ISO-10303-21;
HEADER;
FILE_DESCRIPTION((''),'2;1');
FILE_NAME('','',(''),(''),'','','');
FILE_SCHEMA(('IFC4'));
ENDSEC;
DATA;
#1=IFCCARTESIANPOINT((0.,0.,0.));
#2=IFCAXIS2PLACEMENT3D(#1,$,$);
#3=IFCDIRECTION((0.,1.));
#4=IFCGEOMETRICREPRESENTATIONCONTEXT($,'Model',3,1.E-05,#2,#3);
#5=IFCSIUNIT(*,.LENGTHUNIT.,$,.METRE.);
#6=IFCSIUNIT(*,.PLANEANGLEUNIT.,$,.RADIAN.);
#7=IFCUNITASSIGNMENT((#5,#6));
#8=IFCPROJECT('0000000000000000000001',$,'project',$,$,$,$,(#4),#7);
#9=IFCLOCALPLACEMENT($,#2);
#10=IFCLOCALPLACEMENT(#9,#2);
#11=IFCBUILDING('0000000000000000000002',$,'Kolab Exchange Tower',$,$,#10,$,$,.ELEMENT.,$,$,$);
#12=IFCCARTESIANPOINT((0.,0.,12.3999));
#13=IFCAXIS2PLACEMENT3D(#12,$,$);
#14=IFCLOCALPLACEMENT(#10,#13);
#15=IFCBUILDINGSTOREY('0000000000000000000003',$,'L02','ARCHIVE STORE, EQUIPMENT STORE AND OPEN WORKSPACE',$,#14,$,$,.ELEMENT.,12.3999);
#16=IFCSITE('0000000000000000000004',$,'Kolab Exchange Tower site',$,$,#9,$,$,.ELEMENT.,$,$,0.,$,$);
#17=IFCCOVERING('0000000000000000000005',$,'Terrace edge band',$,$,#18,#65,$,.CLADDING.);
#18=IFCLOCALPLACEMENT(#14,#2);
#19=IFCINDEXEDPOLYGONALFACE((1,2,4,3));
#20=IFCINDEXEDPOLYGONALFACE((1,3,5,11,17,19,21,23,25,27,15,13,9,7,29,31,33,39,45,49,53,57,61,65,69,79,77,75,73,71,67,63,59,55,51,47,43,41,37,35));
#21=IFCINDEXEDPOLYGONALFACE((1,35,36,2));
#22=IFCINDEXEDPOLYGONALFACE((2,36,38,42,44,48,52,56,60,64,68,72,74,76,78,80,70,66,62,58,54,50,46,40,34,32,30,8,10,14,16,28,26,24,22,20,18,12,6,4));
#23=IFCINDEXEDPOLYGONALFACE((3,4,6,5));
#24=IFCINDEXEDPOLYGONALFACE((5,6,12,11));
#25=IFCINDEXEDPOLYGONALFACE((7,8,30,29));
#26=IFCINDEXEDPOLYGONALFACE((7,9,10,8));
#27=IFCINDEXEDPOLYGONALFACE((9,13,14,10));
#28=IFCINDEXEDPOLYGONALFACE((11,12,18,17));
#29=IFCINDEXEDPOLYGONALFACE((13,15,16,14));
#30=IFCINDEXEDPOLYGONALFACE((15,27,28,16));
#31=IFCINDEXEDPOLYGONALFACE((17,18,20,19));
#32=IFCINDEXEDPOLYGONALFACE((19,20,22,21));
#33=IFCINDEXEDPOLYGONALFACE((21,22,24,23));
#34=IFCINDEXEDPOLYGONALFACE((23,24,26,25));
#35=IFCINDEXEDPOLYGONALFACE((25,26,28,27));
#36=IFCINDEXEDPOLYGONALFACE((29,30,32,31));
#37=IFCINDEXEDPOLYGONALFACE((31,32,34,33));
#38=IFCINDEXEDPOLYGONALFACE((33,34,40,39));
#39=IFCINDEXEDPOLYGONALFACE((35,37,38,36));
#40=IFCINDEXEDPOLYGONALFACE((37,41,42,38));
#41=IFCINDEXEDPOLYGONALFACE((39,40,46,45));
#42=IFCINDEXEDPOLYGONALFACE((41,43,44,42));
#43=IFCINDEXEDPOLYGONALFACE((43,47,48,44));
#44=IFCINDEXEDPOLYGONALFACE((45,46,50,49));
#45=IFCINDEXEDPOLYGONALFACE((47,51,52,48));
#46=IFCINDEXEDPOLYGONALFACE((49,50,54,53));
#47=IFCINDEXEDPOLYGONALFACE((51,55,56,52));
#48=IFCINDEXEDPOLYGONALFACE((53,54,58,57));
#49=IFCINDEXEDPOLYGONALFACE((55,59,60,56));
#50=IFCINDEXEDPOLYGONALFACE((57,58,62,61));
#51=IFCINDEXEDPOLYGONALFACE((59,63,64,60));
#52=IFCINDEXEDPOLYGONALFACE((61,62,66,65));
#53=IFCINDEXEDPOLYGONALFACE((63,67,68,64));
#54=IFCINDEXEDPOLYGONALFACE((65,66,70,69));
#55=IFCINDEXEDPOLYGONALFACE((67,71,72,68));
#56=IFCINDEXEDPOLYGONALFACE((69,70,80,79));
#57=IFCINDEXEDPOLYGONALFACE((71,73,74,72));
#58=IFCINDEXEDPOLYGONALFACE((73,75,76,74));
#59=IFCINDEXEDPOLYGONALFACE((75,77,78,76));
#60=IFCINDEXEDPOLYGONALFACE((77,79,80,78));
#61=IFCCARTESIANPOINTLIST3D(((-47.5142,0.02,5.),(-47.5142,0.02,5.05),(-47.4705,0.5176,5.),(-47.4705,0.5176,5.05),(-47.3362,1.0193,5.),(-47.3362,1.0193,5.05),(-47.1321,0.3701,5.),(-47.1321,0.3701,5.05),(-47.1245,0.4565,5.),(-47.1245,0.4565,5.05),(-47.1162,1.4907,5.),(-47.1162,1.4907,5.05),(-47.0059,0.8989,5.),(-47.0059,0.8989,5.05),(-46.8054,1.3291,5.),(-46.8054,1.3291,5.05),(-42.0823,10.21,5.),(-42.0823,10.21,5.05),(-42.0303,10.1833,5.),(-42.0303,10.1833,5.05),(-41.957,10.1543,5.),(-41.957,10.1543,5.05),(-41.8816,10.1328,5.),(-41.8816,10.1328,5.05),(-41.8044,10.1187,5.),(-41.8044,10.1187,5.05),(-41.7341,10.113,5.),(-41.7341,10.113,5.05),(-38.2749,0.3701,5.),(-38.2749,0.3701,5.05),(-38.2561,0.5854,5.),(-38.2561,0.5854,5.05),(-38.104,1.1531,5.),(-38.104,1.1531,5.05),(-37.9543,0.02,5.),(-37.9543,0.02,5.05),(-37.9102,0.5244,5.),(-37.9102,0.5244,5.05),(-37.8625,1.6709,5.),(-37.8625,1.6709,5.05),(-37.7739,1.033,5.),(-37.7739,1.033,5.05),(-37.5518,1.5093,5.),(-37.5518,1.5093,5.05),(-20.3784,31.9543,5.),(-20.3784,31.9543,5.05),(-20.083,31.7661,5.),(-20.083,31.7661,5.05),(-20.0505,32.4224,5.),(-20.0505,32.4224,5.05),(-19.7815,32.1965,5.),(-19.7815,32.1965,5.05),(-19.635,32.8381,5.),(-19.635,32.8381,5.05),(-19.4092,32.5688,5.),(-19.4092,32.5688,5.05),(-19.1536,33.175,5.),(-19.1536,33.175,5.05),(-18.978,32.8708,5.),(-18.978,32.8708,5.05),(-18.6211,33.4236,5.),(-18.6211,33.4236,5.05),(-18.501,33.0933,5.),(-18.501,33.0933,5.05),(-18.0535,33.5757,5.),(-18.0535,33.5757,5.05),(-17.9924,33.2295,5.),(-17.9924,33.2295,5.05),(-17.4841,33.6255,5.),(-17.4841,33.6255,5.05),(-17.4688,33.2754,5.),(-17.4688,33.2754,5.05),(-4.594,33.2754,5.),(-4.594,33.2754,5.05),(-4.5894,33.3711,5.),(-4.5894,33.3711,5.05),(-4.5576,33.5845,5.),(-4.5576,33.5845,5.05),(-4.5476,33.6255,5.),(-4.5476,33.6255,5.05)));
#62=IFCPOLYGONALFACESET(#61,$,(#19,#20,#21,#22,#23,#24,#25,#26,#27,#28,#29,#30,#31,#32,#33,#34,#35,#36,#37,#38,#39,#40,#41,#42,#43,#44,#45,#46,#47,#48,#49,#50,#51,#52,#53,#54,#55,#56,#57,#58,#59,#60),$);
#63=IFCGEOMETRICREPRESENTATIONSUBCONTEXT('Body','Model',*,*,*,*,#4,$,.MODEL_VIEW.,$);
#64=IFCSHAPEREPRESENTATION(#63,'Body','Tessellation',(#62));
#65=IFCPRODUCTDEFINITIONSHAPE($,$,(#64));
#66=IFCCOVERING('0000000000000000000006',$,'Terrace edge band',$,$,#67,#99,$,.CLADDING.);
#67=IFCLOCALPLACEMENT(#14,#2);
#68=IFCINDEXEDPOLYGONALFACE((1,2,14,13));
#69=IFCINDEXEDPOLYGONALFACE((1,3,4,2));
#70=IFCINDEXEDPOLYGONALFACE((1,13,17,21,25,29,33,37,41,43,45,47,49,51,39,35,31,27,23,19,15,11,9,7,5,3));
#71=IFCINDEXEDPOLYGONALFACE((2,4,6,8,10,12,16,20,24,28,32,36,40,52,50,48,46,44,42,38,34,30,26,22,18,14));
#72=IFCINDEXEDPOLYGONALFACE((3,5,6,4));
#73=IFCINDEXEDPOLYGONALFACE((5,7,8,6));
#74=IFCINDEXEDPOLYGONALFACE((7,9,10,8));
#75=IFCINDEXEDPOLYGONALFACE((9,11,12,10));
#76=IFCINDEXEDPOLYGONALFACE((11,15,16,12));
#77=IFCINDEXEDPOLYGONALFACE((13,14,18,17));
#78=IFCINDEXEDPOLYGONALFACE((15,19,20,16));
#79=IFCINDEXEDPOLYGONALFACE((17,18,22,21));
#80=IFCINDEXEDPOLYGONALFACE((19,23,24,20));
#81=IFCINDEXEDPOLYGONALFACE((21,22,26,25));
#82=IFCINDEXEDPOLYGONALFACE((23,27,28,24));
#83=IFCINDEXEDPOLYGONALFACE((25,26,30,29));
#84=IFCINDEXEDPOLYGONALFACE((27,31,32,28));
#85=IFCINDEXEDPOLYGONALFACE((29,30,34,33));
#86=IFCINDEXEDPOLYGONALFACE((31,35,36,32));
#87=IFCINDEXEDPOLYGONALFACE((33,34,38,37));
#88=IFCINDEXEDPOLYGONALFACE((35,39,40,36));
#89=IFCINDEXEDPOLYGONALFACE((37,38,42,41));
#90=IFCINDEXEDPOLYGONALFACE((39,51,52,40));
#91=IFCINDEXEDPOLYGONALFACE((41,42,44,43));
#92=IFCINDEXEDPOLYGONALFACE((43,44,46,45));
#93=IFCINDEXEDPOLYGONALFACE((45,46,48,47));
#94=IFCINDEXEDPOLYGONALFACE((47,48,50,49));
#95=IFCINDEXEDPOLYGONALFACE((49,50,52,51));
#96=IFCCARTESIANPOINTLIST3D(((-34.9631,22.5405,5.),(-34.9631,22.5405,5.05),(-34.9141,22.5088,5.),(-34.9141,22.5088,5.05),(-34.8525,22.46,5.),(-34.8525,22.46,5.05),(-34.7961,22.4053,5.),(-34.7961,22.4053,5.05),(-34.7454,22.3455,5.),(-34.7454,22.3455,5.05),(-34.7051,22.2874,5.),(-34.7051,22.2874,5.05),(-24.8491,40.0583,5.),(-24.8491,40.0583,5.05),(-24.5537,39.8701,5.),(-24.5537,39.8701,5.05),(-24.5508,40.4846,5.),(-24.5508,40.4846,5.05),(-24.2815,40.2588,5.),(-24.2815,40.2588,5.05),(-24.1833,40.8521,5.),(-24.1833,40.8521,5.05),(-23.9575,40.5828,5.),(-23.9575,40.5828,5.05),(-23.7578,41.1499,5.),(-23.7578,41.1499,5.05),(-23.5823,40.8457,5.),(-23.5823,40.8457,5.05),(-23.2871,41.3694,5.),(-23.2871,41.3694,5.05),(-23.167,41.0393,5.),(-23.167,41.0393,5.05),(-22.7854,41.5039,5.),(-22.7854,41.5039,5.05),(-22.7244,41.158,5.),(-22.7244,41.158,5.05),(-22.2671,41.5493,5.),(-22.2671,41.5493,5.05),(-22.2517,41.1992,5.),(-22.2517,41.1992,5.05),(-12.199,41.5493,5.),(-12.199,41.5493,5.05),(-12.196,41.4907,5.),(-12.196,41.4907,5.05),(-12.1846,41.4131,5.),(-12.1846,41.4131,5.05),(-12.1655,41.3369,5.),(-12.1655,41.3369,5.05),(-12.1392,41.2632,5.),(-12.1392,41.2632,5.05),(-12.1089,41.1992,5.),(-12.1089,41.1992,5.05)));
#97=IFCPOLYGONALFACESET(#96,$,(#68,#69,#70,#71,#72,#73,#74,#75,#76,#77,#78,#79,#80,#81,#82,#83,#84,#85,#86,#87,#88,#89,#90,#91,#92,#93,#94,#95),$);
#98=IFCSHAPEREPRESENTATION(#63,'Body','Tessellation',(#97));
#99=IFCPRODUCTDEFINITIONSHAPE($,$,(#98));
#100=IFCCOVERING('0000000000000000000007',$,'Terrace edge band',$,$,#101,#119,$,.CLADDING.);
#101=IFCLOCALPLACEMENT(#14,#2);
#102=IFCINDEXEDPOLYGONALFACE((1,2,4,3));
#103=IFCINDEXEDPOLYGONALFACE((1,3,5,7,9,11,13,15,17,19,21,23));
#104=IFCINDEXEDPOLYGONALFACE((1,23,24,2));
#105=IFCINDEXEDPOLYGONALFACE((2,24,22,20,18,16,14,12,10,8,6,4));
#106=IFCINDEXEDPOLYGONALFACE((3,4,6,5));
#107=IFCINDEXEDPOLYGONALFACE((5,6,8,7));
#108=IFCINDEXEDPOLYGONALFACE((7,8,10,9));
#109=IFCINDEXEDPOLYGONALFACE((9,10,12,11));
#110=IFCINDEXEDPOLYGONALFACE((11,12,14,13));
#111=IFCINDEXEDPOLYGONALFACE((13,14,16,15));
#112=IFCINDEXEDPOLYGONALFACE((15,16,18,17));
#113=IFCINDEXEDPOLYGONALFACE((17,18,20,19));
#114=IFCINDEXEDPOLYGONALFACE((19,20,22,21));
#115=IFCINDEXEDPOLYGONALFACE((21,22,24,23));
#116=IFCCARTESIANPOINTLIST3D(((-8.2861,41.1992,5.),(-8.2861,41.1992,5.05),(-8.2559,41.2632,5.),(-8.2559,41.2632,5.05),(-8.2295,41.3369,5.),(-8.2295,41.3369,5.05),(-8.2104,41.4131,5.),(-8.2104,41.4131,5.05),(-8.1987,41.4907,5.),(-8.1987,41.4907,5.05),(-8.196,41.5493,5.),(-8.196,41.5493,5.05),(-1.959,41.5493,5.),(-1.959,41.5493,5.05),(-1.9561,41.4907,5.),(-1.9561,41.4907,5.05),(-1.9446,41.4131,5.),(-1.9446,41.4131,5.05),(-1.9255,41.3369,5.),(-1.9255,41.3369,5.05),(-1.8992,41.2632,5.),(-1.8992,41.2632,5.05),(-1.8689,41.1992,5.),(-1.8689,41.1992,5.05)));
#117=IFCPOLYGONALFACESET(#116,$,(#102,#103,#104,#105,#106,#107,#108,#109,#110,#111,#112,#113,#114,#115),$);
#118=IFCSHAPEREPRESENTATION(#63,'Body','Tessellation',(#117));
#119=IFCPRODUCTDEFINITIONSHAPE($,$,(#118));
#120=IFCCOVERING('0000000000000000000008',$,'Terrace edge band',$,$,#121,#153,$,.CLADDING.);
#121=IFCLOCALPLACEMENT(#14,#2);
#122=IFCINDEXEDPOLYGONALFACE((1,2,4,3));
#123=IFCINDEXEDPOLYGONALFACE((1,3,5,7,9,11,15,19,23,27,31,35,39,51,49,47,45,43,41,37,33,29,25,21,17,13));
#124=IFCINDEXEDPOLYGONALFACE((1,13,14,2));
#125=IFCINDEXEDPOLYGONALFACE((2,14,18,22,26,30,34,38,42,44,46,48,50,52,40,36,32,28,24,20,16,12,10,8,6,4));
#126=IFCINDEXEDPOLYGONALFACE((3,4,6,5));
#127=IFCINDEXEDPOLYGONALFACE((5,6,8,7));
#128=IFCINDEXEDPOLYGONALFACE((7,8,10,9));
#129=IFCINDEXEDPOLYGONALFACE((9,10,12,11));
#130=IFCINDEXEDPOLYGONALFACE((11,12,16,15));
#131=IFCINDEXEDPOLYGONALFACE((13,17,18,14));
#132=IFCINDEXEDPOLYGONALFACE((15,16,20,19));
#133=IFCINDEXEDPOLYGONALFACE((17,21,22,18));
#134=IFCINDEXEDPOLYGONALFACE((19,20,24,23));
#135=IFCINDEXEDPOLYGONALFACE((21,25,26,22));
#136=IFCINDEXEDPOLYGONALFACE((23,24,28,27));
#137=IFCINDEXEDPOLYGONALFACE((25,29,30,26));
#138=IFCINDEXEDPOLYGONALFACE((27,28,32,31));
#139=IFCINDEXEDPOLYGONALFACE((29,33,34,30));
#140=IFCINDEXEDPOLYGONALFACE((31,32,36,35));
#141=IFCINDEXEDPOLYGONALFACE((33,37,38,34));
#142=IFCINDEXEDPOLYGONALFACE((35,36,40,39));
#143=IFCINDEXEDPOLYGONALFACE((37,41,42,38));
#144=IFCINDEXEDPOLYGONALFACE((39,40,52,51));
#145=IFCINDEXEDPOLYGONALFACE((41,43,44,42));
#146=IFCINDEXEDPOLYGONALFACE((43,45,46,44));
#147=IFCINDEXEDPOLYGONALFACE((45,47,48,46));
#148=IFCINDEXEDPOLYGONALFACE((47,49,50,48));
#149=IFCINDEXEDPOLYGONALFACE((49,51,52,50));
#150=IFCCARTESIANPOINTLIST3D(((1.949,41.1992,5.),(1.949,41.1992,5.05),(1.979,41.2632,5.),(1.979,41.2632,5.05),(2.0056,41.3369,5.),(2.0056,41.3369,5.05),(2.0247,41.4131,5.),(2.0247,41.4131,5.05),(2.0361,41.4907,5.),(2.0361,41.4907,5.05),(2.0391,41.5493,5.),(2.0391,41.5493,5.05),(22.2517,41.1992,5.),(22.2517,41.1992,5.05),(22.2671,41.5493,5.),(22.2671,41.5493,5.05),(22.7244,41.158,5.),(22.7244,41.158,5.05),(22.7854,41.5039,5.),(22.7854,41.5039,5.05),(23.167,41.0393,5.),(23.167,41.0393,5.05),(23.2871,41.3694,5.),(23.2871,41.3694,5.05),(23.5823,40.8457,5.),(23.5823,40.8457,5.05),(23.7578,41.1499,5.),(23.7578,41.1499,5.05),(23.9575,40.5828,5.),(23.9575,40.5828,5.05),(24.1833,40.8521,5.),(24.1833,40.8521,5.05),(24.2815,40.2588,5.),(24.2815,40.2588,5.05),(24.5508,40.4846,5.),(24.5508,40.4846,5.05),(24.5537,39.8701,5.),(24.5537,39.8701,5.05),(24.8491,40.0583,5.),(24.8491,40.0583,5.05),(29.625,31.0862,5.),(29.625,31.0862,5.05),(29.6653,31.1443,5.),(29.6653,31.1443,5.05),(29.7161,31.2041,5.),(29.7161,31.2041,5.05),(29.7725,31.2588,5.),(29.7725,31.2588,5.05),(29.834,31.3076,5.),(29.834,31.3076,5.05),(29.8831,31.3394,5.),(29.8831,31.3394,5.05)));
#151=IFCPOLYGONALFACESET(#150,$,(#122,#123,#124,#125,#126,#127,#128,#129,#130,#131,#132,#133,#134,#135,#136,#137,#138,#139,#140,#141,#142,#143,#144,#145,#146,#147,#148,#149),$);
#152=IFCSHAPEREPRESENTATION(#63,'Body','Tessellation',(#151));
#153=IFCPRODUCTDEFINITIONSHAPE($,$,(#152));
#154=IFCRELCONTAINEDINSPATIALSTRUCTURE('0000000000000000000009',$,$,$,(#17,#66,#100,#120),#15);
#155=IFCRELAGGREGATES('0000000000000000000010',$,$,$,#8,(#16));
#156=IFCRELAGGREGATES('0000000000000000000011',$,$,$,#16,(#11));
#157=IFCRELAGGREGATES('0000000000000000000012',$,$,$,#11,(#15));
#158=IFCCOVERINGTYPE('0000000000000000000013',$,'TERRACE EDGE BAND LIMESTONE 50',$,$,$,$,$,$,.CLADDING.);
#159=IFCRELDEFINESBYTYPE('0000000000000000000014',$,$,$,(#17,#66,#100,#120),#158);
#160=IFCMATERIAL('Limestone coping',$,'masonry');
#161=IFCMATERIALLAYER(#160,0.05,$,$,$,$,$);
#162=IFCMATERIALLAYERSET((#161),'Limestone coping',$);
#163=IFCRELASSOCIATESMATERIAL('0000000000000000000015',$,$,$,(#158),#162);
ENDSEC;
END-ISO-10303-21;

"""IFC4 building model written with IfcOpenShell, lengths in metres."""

from ifc_helpers import new_model, si_unit, direction, frame, origin, place, context, subcontext, project, spatial, polyline, outline, extrude, material, layer, layer_set, type_object, element, save


model = new_model("IFC4")

# Units and contexts
model_context = context("Model", 3, precision=1e-05, world=origin(), true_north=direction((0.0, 1.0)))
body_context = subcontext(model_context, "Body", "Model", "MODEL_VIEW")
ifc_project = project(units=[si_unit("LENGTHUNIT", "METRE"), si_unit("PLANEANGLEUNIT", "RADIAN")], contexts=[model_context])

# Site, building, storey
site_placement = place(None, origin())
site = spatial("IfcSite", under=ifc_project, at=site_placement, Name="Kolab Exchange Tower site", CompositionType="ELEMENT", RefElevation=0.0)
building_placement = place(site_placement, origin())
building = spatial("IfcBuilding", under=site, at=building_placement, Name="Kolab Exchange Tower", CompositionType="ELEMENT")
storey_placement = place(building_placement, frame((0.0, 0.0, 12.3999)))
storey = spatial("IfcBuildingStorey", under=building, at=storey_placement, Name="L02", Description="ARCHIVE STORE, EQUIPMENT STORE AND OPEN WORKSPACE", CompositionType="ELEMENT", Elevation=12.3999)

# Coverings
ifc_material_1 = material(Name="Limestone coping", Category="masonry")
ifc_layer_1 = layer(ifc_material_1, 0.05)
ifc_layer_set_1 = layer_set([ifc_layer_1], Name="Limestone coping")
covering_type_1 = type_object("IfcCoveringType", Name="TERRACE EDGE BAND LIMESTONE 50", PredefinedType="CLADDING", material=ifc_layer_set_1)
covering_1_placement = place(storey_placement, frame((0.0, 0.0, 5.0)))
element("IfcCovering", 1, at=covering_1_placement, inside=storey, type_object=covering_type_1, Name="Terrace edge band", PredefinedType="CLADDING", context=body_context, shape_type="SweptSolid", body=[
    extrude(outline(polyline([(-47.3362, 1.0193), (-47.1162, 1.4907), (-42.0823, 10.21), (-42.0303, 10.1833), (-41.957, 10.1543), (-41.8816, 10.1328), (-41.8044, 10.1187), (-41.7341, 10.113), (-46.8054, 1.3291), (-47.0059, 0.8989), (-47.1245, 0.4565), (-47.1321, 0.3701), (-38.2749, 0.3701), (-38.2561, 0.5854), (-38.104, 1.1531), (-37.8625, 1.6709), (-20.3784, 31.9543), (-20.0505, 32.4224), (-19.635, 32.8381), (-19.1536, 33.175), (-18.6211, 33.4236), (-18.0535, 33.5757), (-17.4841, 33.6255), (-4.5476, 33.6255), (-4.5576, 33.5845), (-4.5894, 33.3711), (-4.594, 33.2754), (-17.4688, 33.2754), (-17.9924, 33.2295), (-18.501, 33.0933), (-18.978, 32.8708), (-19.4092, 32.5688), (-19.7815, 32.1965), (-20.083, 31.7661), (-37.5518, 1.5093), (-37.7739, 1.033), (-37.9102, 0.5244), (-37.9543, 0.02), (-47.5142, 0.02), (-47.4705, 0.5176), (-47.3362, 1.0193)])), origin(), (0.0, 0.0, 1.0), 0.05),
])
covering_2_placement = place(storey_placement, frame((0.0, 0.0, 5.0)))
element("IfcCovering", 2, at=covering_2_placement, inside=storey, type_object=covering_type_1, Name="Terrace edge band", PredefinedType="CLADDING", context=body_context, shape_type="SweptSolid", body=[
    extrude(outline(polyline([(-24.8491, 40.0583), (-24.5508, 40.4846), (-24.1833, 40.8521), (-23.7578, 41.1499), (-23.2871, 41.3694), (-22.7854, 41.5039), (-22.2671, 41.5493), (-12.199, 41.5493), (-12.196, 41.4907), (-12.1846, 41.4131), (-12.1655, 41.3369), (-12.1392, 41.2632), (-12.1089, 41.1992), (-22.2517, 41.1992), (-22.7244, 41.158), (-23.167, 41.0393), (-23.5823, 40.8457), (-23.9575, 40.5828), (-24.2815, 40.2588), (-24.5537, 39.8701), (-34.7051, 22.2874), (-34.7454, 22.3455), (-34.7961, 22.4053), (-34.8525, 22.46), (-34.9141, 22.5088), (-34.9631, 22.5405), (-24.8491, 40.0583)])), origin(), (0.0, 0.0, 1.0), 0.05),
])
covering_3_placement = place(storey_placement, frame((0.0, 0.0, 5.0)))
element("IfcCovering", 3, at=covering_3_placement, inside=storey, type_object=covering_type_1, Name="Terrace edge band", PredefinedType="CLADDING", context=body_context, shape_type="SweptSolid", body=[
    extrude(outline(polyline([(-1.959, 41.5493), (-1.9561, 41.4907), (-1.9446, 41.4131), (-1.9255, 41.3369), (-1.8992, 41.2632), (-1.8689, 41.1992), (-8.2861, 41.1992), (-8.2559, 41.2632), (-8.2295, 41.3369), (-8.2104, 41.4131), (-8.1987, 41.4907), (-8.196, 41.5493), (-1.959, 41.5493)])), origin(), (0.0, 0.0, 1.0), 0.05),
])
covering_4_placement = place(storey_placement, frame((0.0, 0.0, 5.0)))
element("IfcCovering", 4, at=covering_4_placement, inside=storey, type_object=covering_type_1, Name="Terrace edge band", PredefinedType="CLADDING", context=body_context, shape_type="SweptSolid", body=[
    extrude(outline(polyline([(22.2671, 41.5493), (22.7854, 41.5039), (23.2871, 41.3694), (23.7578, 41.1499), (24.1833, 40.8521), (24.5508, 40.4846), (24.8491, 40.0583), (29.8831, 31.3394), (29.834, 31.3076), (29.7725, 31.2588), (29.7161, 31.2041), (29.6653, 31.1443), (29.625, 31.0862), (24.5537, 39.8701), (24.2815, 40.2588), (23.9575, 40.5828), (23.5823, 40.8457), (23.167, 41.0393), (22.7244, 41.158), (22.2517, 41.1992), (1.949, 41.1992), (1.979, 41.2632), (2.0056, 41.3369), (2.0247, 41.4131), (2.0361, 41.4907), (2.0391, 41.5493), (22.2671, 41.5493)])), origin(), (0.0, 0.0, 1.0), 0.05),
])

save(model, "model.ifc")
